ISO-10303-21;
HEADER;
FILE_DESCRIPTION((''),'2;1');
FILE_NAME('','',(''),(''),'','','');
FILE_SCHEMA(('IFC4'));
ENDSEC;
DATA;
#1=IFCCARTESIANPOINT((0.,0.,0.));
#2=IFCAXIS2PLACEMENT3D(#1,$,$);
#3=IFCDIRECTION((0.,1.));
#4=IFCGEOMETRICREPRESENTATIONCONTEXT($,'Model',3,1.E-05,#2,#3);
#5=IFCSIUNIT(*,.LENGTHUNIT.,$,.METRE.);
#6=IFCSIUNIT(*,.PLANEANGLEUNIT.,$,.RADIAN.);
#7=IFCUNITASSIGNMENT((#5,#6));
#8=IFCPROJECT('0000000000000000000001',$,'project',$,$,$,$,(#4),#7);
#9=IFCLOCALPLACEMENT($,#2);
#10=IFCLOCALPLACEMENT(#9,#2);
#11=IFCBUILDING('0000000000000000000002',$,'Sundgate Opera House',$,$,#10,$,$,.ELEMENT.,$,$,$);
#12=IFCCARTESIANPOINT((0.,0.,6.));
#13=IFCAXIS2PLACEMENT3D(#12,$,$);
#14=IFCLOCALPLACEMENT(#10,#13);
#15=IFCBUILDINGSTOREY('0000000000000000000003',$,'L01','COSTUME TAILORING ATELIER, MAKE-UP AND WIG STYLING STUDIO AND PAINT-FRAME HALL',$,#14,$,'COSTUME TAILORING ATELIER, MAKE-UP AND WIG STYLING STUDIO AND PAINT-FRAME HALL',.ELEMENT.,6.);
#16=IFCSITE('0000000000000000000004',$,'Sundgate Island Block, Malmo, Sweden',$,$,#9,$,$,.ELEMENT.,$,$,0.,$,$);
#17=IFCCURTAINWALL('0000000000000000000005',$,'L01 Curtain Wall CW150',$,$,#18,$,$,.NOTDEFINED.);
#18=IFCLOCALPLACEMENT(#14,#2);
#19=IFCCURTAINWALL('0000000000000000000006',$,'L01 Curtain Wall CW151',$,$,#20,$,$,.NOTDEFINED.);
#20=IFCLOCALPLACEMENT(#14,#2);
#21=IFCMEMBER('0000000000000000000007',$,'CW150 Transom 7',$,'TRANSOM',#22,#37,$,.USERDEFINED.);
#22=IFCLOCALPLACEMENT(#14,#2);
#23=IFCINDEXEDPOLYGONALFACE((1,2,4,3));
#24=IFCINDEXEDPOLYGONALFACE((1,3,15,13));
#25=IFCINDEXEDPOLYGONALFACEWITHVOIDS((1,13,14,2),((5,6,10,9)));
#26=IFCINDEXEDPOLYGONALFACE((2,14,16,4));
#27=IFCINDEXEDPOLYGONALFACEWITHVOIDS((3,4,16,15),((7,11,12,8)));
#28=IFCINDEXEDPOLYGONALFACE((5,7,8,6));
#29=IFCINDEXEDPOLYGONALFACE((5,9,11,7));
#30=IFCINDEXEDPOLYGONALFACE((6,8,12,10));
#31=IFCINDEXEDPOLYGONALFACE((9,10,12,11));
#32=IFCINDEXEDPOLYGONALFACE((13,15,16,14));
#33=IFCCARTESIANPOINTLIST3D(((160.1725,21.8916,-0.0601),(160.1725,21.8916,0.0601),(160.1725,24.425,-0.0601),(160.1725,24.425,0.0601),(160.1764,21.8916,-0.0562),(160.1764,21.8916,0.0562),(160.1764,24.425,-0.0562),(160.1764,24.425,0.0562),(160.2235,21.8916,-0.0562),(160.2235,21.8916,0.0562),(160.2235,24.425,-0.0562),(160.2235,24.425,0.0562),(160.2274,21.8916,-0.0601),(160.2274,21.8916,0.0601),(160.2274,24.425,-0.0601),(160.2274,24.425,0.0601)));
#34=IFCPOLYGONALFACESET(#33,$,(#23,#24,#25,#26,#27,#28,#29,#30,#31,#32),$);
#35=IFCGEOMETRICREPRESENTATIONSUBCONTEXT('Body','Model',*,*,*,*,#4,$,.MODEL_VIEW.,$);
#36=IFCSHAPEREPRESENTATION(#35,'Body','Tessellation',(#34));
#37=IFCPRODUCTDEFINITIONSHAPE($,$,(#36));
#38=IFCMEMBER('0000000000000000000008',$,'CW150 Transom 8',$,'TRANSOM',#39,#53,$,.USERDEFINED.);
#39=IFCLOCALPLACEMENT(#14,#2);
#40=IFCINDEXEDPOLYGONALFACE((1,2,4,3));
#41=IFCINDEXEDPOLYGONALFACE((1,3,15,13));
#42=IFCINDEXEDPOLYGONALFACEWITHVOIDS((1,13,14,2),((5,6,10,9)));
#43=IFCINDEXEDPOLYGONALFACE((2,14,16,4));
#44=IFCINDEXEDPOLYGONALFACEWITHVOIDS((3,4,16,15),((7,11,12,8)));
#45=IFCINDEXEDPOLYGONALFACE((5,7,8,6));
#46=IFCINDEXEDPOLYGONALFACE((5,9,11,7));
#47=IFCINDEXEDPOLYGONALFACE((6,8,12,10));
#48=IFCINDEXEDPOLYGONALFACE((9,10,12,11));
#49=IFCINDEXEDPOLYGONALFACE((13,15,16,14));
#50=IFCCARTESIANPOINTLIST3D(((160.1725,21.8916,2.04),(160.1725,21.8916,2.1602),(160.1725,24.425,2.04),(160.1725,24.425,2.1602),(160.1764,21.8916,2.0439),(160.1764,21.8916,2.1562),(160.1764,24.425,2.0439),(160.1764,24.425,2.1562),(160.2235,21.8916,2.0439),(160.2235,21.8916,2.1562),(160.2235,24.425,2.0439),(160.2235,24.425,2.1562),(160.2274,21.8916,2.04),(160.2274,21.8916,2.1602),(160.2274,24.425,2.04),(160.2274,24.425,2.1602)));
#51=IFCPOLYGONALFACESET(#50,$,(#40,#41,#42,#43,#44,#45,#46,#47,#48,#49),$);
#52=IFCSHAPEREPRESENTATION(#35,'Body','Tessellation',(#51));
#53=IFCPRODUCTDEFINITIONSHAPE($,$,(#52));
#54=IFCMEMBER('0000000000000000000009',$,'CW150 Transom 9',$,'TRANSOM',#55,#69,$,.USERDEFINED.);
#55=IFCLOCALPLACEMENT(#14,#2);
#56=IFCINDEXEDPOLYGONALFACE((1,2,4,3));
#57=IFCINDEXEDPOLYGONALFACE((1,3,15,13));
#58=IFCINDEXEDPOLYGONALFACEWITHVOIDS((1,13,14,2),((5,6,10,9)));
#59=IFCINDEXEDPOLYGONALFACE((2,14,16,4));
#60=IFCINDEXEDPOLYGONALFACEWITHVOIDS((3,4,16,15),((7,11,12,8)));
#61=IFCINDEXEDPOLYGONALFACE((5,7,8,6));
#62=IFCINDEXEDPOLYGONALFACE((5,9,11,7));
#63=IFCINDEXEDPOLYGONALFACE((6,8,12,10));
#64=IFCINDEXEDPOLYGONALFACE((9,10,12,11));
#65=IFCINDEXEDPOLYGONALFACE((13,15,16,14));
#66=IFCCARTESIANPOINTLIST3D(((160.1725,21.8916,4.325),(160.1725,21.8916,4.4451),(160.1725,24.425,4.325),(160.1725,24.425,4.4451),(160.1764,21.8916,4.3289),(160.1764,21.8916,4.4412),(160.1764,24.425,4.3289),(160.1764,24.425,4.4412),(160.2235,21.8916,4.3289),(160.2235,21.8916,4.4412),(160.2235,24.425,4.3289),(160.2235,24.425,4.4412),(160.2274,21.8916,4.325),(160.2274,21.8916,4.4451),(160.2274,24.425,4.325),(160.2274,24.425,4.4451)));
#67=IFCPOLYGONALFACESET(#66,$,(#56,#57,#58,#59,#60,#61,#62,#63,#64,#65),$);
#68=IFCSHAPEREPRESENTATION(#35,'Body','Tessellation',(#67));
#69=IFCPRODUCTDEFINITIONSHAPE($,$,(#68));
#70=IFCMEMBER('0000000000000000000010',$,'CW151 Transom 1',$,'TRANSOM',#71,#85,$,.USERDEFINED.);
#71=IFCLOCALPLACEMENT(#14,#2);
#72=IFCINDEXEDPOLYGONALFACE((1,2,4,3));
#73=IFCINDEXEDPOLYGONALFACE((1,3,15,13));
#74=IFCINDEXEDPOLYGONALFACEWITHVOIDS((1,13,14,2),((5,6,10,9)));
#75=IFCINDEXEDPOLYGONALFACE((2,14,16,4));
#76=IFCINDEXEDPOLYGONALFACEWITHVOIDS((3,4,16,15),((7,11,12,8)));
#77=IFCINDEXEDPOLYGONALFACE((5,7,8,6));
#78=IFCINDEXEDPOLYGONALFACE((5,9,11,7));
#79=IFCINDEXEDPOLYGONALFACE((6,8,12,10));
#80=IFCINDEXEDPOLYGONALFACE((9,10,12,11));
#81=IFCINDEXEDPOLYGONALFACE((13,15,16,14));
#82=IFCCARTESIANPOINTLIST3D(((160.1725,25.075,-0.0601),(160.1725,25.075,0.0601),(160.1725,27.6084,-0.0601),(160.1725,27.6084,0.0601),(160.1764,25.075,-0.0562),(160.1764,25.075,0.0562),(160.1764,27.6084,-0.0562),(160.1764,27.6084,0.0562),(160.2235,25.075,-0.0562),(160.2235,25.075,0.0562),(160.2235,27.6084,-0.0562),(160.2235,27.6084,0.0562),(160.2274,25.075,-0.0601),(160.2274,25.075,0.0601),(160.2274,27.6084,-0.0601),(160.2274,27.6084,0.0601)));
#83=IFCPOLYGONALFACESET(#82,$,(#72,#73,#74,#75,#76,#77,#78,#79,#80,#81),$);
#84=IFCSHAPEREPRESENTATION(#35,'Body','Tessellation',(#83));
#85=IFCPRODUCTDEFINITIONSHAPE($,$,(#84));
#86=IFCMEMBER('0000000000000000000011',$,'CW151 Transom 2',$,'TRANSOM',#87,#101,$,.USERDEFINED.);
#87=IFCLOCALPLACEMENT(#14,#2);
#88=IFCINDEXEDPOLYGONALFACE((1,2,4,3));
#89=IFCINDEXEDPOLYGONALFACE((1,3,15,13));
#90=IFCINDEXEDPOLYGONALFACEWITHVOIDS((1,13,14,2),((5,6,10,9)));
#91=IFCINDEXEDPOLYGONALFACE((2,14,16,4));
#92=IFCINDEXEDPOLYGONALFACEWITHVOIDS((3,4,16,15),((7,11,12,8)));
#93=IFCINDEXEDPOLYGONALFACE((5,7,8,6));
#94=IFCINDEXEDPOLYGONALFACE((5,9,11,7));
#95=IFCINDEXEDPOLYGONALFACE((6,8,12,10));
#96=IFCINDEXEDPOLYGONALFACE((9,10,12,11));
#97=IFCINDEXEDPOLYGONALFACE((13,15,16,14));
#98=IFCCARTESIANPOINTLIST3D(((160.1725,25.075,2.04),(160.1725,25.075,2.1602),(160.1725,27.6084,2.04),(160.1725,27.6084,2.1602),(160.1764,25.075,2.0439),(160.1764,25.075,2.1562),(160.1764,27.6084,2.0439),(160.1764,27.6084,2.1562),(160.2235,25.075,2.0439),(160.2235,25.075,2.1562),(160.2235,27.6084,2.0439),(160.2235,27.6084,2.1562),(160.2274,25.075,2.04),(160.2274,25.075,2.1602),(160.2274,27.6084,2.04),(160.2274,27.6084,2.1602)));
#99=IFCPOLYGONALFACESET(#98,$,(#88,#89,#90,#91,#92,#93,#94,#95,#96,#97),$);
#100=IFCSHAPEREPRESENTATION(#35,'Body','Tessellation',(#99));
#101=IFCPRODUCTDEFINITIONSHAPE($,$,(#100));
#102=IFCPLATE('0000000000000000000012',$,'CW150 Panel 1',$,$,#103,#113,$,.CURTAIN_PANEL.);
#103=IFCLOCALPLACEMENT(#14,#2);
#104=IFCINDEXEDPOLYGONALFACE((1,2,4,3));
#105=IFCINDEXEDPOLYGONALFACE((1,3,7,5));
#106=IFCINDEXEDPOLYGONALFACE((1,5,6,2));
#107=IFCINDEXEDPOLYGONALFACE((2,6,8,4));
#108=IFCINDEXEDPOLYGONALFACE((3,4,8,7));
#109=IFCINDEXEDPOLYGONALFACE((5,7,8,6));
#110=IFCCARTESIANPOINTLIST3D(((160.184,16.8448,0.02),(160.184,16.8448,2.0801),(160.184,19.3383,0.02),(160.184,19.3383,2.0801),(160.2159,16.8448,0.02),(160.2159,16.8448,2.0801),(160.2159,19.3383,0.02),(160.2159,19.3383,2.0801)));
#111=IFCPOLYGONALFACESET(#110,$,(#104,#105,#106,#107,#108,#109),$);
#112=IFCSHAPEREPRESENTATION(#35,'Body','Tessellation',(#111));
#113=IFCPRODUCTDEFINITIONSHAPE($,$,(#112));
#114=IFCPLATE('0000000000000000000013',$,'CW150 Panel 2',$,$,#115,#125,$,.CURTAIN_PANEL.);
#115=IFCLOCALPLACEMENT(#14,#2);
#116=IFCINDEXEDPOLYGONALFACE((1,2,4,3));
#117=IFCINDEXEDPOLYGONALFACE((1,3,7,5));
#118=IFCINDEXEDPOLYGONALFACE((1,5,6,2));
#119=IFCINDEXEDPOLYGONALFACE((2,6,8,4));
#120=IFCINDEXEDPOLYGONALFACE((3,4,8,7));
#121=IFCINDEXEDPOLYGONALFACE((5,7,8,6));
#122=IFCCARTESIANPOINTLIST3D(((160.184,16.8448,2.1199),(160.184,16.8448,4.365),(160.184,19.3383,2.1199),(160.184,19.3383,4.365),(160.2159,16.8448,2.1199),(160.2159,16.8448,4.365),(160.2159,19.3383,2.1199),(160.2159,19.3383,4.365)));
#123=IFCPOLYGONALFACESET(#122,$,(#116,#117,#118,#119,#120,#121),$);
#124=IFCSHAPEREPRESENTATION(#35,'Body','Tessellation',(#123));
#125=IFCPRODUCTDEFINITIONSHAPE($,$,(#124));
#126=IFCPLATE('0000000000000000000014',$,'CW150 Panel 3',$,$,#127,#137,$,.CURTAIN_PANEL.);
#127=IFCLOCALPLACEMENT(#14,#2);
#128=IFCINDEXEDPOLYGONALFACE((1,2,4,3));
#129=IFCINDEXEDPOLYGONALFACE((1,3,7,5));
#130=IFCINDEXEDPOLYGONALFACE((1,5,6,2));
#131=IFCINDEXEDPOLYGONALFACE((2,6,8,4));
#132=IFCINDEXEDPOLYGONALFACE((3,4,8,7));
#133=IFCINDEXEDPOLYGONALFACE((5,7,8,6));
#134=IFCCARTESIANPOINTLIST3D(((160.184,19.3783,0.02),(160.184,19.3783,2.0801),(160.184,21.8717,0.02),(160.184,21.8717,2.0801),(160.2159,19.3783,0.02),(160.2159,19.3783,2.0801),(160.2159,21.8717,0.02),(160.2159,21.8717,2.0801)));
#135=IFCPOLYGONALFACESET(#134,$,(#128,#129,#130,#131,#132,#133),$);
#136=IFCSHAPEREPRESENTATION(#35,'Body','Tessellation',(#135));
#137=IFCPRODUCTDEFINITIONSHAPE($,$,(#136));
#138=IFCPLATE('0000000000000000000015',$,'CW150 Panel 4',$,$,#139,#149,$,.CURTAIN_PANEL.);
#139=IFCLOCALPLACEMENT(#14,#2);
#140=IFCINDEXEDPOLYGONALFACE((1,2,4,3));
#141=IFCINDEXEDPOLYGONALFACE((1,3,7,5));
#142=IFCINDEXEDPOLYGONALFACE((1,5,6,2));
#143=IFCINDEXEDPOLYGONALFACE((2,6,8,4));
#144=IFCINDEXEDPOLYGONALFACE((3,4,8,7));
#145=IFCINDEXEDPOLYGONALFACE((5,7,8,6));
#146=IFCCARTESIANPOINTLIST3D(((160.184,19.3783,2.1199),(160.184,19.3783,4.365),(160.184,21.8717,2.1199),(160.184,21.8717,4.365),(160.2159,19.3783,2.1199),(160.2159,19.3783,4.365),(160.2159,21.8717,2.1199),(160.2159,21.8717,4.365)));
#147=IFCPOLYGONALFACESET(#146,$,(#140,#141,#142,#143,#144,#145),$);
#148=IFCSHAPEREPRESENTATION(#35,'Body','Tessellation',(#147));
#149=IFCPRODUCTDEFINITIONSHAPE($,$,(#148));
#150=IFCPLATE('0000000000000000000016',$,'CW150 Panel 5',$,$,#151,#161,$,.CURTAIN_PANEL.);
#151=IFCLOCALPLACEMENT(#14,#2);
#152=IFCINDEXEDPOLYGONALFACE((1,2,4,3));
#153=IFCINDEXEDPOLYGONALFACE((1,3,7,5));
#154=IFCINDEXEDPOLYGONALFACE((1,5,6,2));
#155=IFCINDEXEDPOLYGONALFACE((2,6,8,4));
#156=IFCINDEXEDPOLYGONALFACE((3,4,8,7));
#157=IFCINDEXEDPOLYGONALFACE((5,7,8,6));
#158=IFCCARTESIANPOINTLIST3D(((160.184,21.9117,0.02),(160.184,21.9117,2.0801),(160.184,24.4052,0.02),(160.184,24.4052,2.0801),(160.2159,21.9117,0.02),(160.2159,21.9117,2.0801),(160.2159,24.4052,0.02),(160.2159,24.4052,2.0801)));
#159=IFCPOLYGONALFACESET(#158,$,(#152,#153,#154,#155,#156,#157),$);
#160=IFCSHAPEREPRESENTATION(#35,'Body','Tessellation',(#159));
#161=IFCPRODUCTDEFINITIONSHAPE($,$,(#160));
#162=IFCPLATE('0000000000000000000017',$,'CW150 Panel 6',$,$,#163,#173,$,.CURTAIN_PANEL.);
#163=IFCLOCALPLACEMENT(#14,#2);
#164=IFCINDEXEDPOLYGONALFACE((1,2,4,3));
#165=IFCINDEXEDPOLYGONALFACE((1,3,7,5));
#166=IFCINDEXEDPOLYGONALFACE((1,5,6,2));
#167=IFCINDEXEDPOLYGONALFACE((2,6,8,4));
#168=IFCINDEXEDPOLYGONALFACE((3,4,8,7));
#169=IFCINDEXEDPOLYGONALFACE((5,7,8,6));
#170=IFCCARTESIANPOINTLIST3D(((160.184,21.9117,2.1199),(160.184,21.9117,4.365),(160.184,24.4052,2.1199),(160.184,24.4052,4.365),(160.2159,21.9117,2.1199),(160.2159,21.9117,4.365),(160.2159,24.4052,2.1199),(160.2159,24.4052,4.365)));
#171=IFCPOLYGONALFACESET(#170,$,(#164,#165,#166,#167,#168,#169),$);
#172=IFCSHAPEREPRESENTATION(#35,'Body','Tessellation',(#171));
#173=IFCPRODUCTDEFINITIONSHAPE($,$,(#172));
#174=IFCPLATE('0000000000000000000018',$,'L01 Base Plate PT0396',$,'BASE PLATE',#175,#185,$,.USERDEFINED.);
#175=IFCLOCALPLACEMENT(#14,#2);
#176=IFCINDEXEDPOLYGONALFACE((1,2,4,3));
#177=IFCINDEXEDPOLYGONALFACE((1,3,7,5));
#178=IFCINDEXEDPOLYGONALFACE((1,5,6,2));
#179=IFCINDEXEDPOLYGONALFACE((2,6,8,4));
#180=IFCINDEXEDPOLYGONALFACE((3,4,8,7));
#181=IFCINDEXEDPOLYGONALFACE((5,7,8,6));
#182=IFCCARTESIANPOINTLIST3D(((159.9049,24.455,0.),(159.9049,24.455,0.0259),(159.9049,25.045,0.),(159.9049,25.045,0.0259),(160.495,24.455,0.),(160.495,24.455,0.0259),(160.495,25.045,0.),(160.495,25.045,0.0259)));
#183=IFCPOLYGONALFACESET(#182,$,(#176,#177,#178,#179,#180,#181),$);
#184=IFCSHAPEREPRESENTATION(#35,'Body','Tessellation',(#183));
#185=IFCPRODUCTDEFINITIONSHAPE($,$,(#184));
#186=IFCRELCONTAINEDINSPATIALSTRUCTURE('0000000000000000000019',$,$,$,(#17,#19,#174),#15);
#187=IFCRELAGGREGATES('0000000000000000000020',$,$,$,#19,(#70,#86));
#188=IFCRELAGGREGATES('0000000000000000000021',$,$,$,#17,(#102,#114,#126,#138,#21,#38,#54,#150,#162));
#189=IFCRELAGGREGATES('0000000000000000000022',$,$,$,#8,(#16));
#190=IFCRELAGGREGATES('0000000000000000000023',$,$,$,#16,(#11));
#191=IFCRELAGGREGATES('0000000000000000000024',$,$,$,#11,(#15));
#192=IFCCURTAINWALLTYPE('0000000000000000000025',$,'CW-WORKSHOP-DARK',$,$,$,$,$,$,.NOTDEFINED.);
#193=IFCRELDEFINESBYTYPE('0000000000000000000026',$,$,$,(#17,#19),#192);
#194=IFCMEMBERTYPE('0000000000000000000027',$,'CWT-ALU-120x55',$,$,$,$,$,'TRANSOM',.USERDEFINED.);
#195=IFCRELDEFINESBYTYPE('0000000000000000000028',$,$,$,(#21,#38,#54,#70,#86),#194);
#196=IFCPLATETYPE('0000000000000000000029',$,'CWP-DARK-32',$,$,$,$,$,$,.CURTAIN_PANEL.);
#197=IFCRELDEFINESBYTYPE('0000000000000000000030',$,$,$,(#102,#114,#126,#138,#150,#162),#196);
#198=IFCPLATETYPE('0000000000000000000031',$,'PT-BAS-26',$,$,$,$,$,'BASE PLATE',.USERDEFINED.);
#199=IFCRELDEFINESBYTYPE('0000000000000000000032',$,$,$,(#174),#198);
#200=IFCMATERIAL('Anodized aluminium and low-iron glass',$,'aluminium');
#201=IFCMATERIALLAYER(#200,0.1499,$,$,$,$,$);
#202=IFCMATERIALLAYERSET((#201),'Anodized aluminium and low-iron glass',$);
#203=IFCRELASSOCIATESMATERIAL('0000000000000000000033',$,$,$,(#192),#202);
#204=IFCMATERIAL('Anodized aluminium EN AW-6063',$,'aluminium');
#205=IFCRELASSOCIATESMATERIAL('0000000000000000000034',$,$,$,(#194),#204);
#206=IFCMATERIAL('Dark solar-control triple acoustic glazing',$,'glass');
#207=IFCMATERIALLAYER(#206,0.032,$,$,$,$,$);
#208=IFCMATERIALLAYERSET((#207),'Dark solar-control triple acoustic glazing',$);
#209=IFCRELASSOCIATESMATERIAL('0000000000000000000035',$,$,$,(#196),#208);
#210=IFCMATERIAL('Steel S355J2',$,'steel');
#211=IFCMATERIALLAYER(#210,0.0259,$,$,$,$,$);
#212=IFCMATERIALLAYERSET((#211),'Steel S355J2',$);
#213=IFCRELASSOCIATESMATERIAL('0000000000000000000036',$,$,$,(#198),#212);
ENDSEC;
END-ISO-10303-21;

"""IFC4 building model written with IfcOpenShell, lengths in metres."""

from ifc_helpers import new_model, si_unit, direction, frame, origin, origin_2d, place, context, subcontext, project, spatial, rectangle, hollow_rectangle, extrude, material, layer, layer_set, material_profile, profile_set, type_object, element, aggregate, save


model = new_model("IFC4")

# Units and contexts
model_context = context("Model", 3, precision=1e-05, world=origin(), true_north=direction((0.0, 1.0)))
body_context = subcontext(model_context, "Body", "Model", "MODEL_VIEW")
ifc_project = project(units=[si_unit("LENGTHUNIT", "METRE"), si_unit("PLANEANGLEUNIT", "RADIAN")], contexts=[model_context])

# Site, building, storey
site_placement = place(None, origin())
site = spatial("IfcSite", under=ifc_project, at=site_placement, Name="Sundgate Island Block, Malmo, Sweden", CompositionType="ELEMENT", RefElevation=0.0)
building_placement = place(site_placement, origin())
building = spatial("IfcBuilding", under=site, at=building_placement, Name="Sundgate Opera House", CompositionType="ELEMENT")
storey_placement = place(building_placement, frame((0.0, 0.0, 6.0)))
storey = spatial("IfcBuildingStorey", under=building, at=storey_placement, Name="L01", Description="COSTUME TAILORING ATELIER, MAKE-UP AND WIG STYLING STUDIO AND PAINT-FRAME HALL", LongName="COSTUME TAILORING ATELIER, MAKE-UP AND WIG STYLING STUDIO AND PAINT-FRAME HALL", CompositionType="ELEMENT", Elevation=6.0)

# Curtain wall
ifc_material_1 = material(Name="Anodized aluminium and low-iron glass", Category="aluminium")
ifc_layer_1 = layer(ifc_material_1, 0.1499)
ifc_layer_set_1 = layer_set([ifc_layer_1], Name="Anodized aluminium and low-iron glass")
curtain_wall_type = type_object("IfcCurtainWallType", Name="CW-WORKSHOP-DARK", PredefinedType="NOTDEFINED", material=ifc_layer_set_1)
curtain_wall_1_placement = place(storey_placement, origin())
curtain_wall_1 = element("IfcCurtainWall", 1, at=curtain_wall_1_placement, inside=storey, type_object=curtain_wall_type, Name="L01 Curtain Wall CW150", PredefinedType="NOTDEFINED")

# Curtain wall
curtain_wall_2_placement = place(storey_placement, origin())
curtain_wall_2 = element("IfcCurtainWall", 2, at=curtain_wall_2_placement, inside=storey, type_object=curtain_wall_type, Name="L01 Curtain Wall CW151", PredefinedType="NOTDEFINED")

# Members
ifc_material_2 = material(Name="Anodized aluminium EN AW-6063", Category="aluminium")
ifc_material_profile_1 = material_profile(ifc_material_2, hollow_rectangle(XDim=0.0549, YDim=0.1201, WallThickness=0.0039, at=origin_2d()), Name="CWT 120x55x4")
ifc_profile_set_1 = profile_set([ifc_material_profile_1], Name="Anodized aluminium EN AW-6063")
member_type_1 = type_object("IfcMemberType", Name="CWT-ALU-120x55", ElementType="TRANSOM", PredefinedType="USERDEFINED", material=ifc_profile_set_1)
member_1_placement = place(storey_placement, frame((160.2, 21.8916, 0.0), z_axis=(0.0, 1.0, 0.0), x_axis=(-1.0, 0.0, 0.0)))
member_1 = element("IfcMember", 3, at=member_1_placement, type_object=member_type_1, Name="CW150 Transom 7", ObjectType="TRANSOM", PredefinedType="USERDEFINED", context=body_context, shape_type="SweptSolid", body=[
    extrude(hollow_rectangle(XDim=0.0549, YDim=0.1201, WallThickness=0.0039, at=origin_2d()), origin(), (0.0, 0.0, 1.0), 2.5334),
])
member_2_placement = place(storey_placement, frame((160.2, 21.8916, 2.1001), z_axis=(0.0, 1.0, 0.0), x_axis=(-1.0, 0.0, 0.0)))
member_2 = element("IfcMember", 4, at=member_2_placement, type_object=member_type_1, Name="CW150 Transom 8", ObjectType="TRANSOM", PredefinedType="USERDEFINED", context=body_context, shape_type="SweptSolid", body=[
    extrude(hollow_rectangle(XDim=0.0549, YDim=0.1201, WallThickness=0.0039, at=origin_2d()), origin(), (0.0, 0.0, 1.0), 2.5334),
])
member_3_placement = place(storey_placement, frame((160.2, 21.8916, 4.385), z_axis=(0.0, 1.0, 0.0), x_axis=(-1.0, 0.0, 0.0)))
member_3 = element("IfcMember", 5, at=member_3_placement, type_object=member_type_1, Name="CW150 Transom 9", ObjectType="TRANSOM", PredefinedType="USERDEFINED", context=body_context, shape_type="SweptSolid", body=[
    extrude(hollow_rectangle(XDim=0.0549, YDim=0.1201, WallThickness=0.0039, at=origin_2d()), origin(), (0.0, 0.0, 1.0), 2.5334),
])
member_4_placement = place(storey_placement, frame((160.2, 25.075, 0.0), z_axis=(0.0, 1.0, 0.0), x_axis=(-1.0, 0.0, 0.0)))
member_4 = element("IfcMember", 6, at=member_4_placement, type_object=member_type_1, Name="CW151 Transom 1", ObjectType="TRANSOM", PredefinedType="USERDEFINED", context=body_context, shape_type="SweptSolid", body=[
    extrude(hollow_rectangle(XDim=0.0549, YDim=0.1201, WallThickness=0.0039, at=origin_2d()), origin(), (0.0, 0.0, 1.0), 2.5334),
])
member_5_placement = place(storey_placement, frame((160.2, 25.075, 2.1001), z_axis=(0.0, 1.0, 0.0), x_axis=(-1.0, 0.0, 0.0)))
member_5 = element("IfcMember", 7, at=member_5_placement, type_object=member_type_1, Name="CW151 Transom 2", ObjectType="TRANSOM", PredefinedType="USERDEFINED", context=body_context, shape_type="SweptSolid", body=[
    extrude(hollow_rectangle(XDim=0.0549, YDim=0.1201, WallThickness=0.0039, at=origin_2d()), origin(), (0.0, 0.0, 1.0), 2.5334),
])
aggregate(curtain_wall_2, [member_4, member_5])

# Plates
ifc_material_3 = material(Name="Dark solar-control triple acoustic glazing", Category="glass")
ifc_layer_2 = layer(ifc_material_3, 0.032)
ifc_layer_set_2 = layer_set([ifc_layer_2], Name="Dark solar-control triple acoustic glazing")
plate_type_1 = type_object("IfcPlateType", Name="CWP-DARK-32", PredefinedType="CURTAIN_PANEL", material=ifc_layer_set_2)
plate_1_placement = place(storey_placement, frame((160.2, 18.0916, 0.02), z_axis=(0.0, 0.0, 1.0), x_axis=(0.0, 1.0, 0.0)))
plate_1 = element("IfcPlate", 8, at=plate_1_placement, type_object=plate_type_1, Name="CW150 Panel 1", PredefinedType="CURTAIN_PANEL", context=body_context, shape_type="SweptSolid", body=[
    extrude(rectangle(XDim=2.4934, YDim=0.032, at=origin_2d()), origin(), (0.0, 0.0, 1.0), 2.0601),
])
plate_2_placement = place(storey_placement, frame((160.2, 18.0916, 2.1199), z_axis=(0.0, 0.0, 1.0), x_axis=(0.0, 1.0, 0.0)))
plate_2 = element("IfcPlate", 9, at=plate_2_placement, type_object=plate_type_1, Name="CW150 Panel 2", PredefinedType="CURTAIN_PANEL", context=body_context, shape_type="SweptSolid", body=[
    extrude(rectangle(XDim=2.4934, YDim=0.032, at=origin_2d()), origin(), (0.0, 0.0, 1.0), 2.2451),
])
plate_3_placement = place(storey_placement, frame((160.2, 20.625, 0.02), z_axis=(0.0, 0.0, 1.0), x_axis=(0.0, 1.0, 0.0)))
plate_3 = element("IfcPlate", 10, at=plate_3_placement, type_object=plate_type_1, Name="CW150 Panel 3", PredefinedType="CURTAIN_PANEL", context=body_context, shape_type="SweptSolid", body=[
    extrude(rectangle(XDim=2.4934, YDim=0.032, at=origin_2d()), origin(), (0.0, 0.0, 1.0), 2.0601),
])
plate_4_placement = place(storey_placement, frame((160.2, 20.625, 2.1199), z_axis=(0.0, 0.0, 1.0), x_axis=(0.0, 1.0, 0.0)))
plate_4 = element("IfcPlate", 11, at=plate_4_placement, type_object=plate_type_1, Name="CW150 Panel 4", PredefinedType="CURTAIN_PANEL", context=body_context, shape_type="SweptSolid", body=[
    extrude(rectangle(XDim=2.4934, YDim=0.032, at=origin_2d()), origin(), (0.0, 0.0, 1.0), 2.2451),
])
plate_5_placement = place(storey_placement, frame((160.2, 23.1584, 0.02), z_axis=(0.0, 0.0, 1.0), x_axis=(0.0, 1.0, 0.0)))
plate_5 = element("IfcPlate", 12, at=plate_5_placement, type_object=plate_type_1, Name="CW150 Panel 5", PredefinedType="CURTAIN_PANEL", context=body_context, shape_type="SweptSolid", body=[
    extrude(rectangle(XDim=2.4934, YDim=0.032, at=origin_2d()), origin(), (0.0, 0.0, 1.0), 2.0601),
])
plate_6_placement = place(storey_placement, frame((160.2, 23.1584, 2.1199), z_axis=(0.0, 0.0, 1.0), x_axis=(0.0, 1.0, 0.0)))
plate_6 = element("IfcPlate", 13, at=plate_6_placement, type_object=plate_type_1, Name="CW150 Panel 6", PredefinedType="CURTAIN_PANEL", context=body_context, shape_type="SweptSolid", body=[
    extrude(rectangle(XDim=2.4934, YDim=0.032, at=origin_2d()), origin(), (0.0, 0.0, 1.0), 2.2451),
])
aggregate(curtain_wall_1, [plate_1, plate_2, plate_3, plate_4, member_1, member_2, member_3, plate_5, plate_6])
ifc_material_4 = material(Name="Steel S355J2", Category="steel")
ifc_layer_3 = layer(ifc_material_4, 0.0259)
ifc_layer_set_3 = layer_set([ifc_layer_3], Name="Steel S355J2")
plate_type_2 = type_object("IfcPlateType", Name="PT-BAS-26", ElementType="BASE PLATE", PredefinedType="USERDEFINED", material=ifc_layer_set_3)
plate_7_placement = place(storey_placement, frame((160.2, 24.75, 0.0), z_axis=(0.0, 0.0, 1.0), x_axis=(1.0, 0.0, 0.0)))
element("IfcPlate", 14, at=plate_7_placement, inside=storey, type_object=plate_type_2, Name="L01 Base Plate PT0396", ObjectType="BASE PLATE", PredefinedType="USERDEFINED", context=body_context, shape_type="SweptSolid", body=[
    extrude(rectangle(XDim=0.5901, YDim=0.5901, at=origin_2d()), origin(), (0.0, 0.0, 1.0), 0.0259),
])

save(model, "model.ifc")
